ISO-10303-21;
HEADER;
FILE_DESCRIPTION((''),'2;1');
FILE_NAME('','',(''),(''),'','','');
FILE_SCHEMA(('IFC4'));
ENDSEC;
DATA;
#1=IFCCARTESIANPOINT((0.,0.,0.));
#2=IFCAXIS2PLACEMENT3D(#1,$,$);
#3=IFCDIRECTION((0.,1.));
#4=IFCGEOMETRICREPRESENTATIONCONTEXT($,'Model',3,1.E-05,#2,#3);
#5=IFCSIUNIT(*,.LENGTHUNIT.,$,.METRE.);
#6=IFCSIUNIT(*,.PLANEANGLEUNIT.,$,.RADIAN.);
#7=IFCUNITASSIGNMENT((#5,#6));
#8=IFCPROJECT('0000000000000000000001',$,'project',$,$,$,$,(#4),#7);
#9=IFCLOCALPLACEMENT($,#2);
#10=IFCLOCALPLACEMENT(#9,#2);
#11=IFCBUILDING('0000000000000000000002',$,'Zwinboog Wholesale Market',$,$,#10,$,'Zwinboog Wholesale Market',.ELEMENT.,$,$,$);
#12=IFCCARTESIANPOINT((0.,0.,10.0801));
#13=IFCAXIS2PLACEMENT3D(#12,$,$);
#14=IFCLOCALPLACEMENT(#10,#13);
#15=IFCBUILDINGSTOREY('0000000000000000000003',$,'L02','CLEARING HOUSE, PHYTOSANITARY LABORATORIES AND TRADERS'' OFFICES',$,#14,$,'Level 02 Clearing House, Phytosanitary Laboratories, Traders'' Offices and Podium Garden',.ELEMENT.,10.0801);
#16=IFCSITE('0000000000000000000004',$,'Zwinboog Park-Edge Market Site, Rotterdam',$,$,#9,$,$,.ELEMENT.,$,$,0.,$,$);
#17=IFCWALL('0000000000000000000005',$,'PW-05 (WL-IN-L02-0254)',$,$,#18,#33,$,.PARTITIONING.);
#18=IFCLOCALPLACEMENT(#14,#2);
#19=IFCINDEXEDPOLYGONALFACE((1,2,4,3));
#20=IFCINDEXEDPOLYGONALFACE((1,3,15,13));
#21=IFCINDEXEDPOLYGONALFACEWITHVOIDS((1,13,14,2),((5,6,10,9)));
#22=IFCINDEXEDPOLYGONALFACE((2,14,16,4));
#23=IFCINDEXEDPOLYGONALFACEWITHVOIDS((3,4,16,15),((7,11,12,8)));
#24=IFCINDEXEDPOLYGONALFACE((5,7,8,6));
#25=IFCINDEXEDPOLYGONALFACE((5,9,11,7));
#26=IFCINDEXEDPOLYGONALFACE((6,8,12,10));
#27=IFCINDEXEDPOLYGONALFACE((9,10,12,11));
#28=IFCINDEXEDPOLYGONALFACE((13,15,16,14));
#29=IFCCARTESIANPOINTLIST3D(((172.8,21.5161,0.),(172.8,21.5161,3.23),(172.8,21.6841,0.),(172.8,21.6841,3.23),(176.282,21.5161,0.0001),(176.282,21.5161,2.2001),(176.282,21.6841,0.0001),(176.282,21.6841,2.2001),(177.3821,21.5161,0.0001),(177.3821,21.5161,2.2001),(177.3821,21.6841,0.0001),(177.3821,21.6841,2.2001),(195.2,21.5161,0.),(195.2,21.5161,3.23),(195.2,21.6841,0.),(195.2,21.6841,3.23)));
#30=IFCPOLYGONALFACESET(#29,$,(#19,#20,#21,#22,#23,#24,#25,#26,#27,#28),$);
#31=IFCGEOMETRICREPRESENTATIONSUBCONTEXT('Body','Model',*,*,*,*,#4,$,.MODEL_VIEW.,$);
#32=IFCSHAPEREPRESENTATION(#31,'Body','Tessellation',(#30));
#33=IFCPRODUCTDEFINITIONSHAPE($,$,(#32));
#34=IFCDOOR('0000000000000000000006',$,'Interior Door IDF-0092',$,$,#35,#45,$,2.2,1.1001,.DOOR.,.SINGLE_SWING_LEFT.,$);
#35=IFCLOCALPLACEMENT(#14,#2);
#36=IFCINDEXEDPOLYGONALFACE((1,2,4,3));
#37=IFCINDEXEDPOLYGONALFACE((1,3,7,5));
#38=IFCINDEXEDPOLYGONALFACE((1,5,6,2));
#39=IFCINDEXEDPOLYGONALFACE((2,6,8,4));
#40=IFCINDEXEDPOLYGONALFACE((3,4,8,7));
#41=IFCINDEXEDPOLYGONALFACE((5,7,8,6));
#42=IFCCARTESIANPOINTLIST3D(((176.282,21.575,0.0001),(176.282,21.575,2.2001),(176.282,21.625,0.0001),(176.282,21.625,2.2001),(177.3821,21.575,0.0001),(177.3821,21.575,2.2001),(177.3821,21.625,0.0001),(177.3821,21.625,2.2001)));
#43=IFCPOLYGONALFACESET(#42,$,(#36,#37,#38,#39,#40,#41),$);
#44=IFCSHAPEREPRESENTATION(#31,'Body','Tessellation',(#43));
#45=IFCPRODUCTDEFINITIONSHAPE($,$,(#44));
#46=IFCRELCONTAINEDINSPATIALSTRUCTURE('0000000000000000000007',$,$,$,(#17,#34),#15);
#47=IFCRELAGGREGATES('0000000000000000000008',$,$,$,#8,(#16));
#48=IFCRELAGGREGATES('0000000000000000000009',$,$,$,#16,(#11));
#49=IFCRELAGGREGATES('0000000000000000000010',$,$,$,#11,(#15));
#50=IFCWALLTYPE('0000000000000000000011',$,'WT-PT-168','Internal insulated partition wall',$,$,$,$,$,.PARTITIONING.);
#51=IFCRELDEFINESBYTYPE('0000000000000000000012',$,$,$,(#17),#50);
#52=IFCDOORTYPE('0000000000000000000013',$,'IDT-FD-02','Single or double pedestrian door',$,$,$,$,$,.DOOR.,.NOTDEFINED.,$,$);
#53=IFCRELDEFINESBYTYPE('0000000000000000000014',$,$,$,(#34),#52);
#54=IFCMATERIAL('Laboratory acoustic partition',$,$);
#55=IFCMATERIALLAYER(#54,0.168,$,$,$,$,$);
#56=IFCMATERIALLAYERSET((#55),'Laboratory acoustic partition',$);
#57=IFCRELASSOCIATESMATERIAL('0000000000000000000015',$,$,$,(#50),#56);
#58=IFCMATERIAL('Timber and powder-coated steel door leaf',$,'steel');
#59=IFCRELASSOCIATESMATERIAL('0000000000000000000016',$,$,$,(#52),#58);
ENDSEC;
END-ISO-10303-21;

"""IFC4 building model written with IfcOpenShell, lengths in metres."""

from ifc_helpers import new_model, si_unit, direction, frame, frame_2d, origin, place, context, subcontext, project, spatial, rectangle, extrude, material, layer, layer_set, type_object, element, fill, save


model = new_model("IFC4")

# Units and contexts
model_context = context("Model", 3, precision=1e-05, world=origin(), true_north=direction((0.0, 1.0)))
body_context = subcontext(model_context, "Body", "Model", "MODEL_VIEW")
ifc_project = project(units=[si_unit("LENGTHUNIT", "METRE"), si_unit("PLANEANGLEUNIT", "RADIAN")], contexts=[model_context])

# Site, building, storey
site_placement = place(None, origin())
site = spatial("IfcSite", under=ifc_project, at=site_placement, Name="Zwinboog Park-Edge Market Site, Rotterdam", CompositionType="ELEMENT", RefElevation=0.0)
building_placement = place(site_placement, origin())
building = spatial("IfcBuilding", under=site, at=building_placement, Name="Zwinboog Wholesale Market", LongName="Zwinboog Wholesale Market", CompositionType="ELEMENT")
storey_placement = place(building_placement, frame((0.0, 0.0, 10.0801)))
storey = spatial("IfcBuildingStorey", under=building, at=storey_placement, Name="L02", Description="CLEARING HOUSE, PHYTOSANITARY LABORATORIES AND TRADERS' OFFICES", LongName="Level 02 Clearing House, Phytosanitary Laboratories, Traders' Offices and Podium Garden", CompositionType="ELEMENT", Elevation=10.0801)

# Shared definitions
ifc_material_1 = material(Name="Timber and powder-coated steel door leaf", Category="steel")

# Wall, opening, door
ifc_material_2 = material(Name="Laboratory acoustic partition")
ifc_layer_1 = layer(ifc_material_2, 0.168)
ifc_layer_set_1 = layer_set([ifc_layer_1], Name="Laboratory acoustic partition")
wall_type_1 = type_object("IfcWallType", Name="WT-PT-168", Description="Internal insulated partition wall", PredefinedType="PARTITIONING", material=ifc_layer_set_1)
wall_1_placement = place(storey_placement, frame((172.8, 21.6001, 0.0), z_axis=(0.0, 0.0, 1.0), x_axis=(1.0, 0.0, 0.0)))
wall_1 = element("IfcWall", 1, at=wall_1_placement, inside=storey, type_object=wall_type_1, Name="PW-05 (WL-IN-L02-0254)", PredefinedType="PARTITIONING", context=body_context, shape_type="SweptSolid", body=[
    extrude(rectangle(XDim=22.3999, YDim=0.168, at=frame_2d((11.2, 0.0))), origin(), (0.0, 0.0, 1.0), 3.23),
])
opening_1_placement = place(wall_1_placement, frame((3.4819, 0.0, 0.0)))
opening_1 = element("IfcOpeningElement", 2, at=opening_1_placement, cuts=wall_1, PredefinedType="OPENING", context=body_context, shape_type="SweptSolid", body=[
    extrude(rectangle(XDim=1.1001, YDim=2.2, at=frame_2d((0.55, 1.1001))), frame((0.0, 0.094, 0.0), z_axis=(0.0, -1.0, 0.0), x_axis=(1.0, 0.0, 0.0)), (0.0, 0.0, 1.0), 0.188),
])
door_type_1 = type_object("IfcDoorType", Name="IDT-FD-02", Description="Single or double pedestrian door", OperationType="NOTDEFINED", PredefinedType="DOOR", material=ifc_material_1)
door_1_placement = place(opening_1_placement, origin())
door_1 = element("IfcDoor", 3, at=door_1_placement, inside=storey, type_object=door_type_1, Name="Interior Door IDF-0092", OperationType="SINGLE_SWING_LEFT", OverallHeight=2.2, OverallWidth=1.1001, PredefinedType="DOOR", context=body_context, shape_type="SweptSolid", body=[
    extrude(rectangle(XDim=1.1001, YDim=2.2, at=frame_2d((0.55, 1.1001))), frame((0.0, 0.0249, 0.0), z_axis=(0.0, -1.0, 0.0), x_axis=(1.0, 0.0, 0.0)), (0.0, 0.0, 1.0), 0.05),
])
fill(opening_1, door_1)

save(model, "model.ifc")
